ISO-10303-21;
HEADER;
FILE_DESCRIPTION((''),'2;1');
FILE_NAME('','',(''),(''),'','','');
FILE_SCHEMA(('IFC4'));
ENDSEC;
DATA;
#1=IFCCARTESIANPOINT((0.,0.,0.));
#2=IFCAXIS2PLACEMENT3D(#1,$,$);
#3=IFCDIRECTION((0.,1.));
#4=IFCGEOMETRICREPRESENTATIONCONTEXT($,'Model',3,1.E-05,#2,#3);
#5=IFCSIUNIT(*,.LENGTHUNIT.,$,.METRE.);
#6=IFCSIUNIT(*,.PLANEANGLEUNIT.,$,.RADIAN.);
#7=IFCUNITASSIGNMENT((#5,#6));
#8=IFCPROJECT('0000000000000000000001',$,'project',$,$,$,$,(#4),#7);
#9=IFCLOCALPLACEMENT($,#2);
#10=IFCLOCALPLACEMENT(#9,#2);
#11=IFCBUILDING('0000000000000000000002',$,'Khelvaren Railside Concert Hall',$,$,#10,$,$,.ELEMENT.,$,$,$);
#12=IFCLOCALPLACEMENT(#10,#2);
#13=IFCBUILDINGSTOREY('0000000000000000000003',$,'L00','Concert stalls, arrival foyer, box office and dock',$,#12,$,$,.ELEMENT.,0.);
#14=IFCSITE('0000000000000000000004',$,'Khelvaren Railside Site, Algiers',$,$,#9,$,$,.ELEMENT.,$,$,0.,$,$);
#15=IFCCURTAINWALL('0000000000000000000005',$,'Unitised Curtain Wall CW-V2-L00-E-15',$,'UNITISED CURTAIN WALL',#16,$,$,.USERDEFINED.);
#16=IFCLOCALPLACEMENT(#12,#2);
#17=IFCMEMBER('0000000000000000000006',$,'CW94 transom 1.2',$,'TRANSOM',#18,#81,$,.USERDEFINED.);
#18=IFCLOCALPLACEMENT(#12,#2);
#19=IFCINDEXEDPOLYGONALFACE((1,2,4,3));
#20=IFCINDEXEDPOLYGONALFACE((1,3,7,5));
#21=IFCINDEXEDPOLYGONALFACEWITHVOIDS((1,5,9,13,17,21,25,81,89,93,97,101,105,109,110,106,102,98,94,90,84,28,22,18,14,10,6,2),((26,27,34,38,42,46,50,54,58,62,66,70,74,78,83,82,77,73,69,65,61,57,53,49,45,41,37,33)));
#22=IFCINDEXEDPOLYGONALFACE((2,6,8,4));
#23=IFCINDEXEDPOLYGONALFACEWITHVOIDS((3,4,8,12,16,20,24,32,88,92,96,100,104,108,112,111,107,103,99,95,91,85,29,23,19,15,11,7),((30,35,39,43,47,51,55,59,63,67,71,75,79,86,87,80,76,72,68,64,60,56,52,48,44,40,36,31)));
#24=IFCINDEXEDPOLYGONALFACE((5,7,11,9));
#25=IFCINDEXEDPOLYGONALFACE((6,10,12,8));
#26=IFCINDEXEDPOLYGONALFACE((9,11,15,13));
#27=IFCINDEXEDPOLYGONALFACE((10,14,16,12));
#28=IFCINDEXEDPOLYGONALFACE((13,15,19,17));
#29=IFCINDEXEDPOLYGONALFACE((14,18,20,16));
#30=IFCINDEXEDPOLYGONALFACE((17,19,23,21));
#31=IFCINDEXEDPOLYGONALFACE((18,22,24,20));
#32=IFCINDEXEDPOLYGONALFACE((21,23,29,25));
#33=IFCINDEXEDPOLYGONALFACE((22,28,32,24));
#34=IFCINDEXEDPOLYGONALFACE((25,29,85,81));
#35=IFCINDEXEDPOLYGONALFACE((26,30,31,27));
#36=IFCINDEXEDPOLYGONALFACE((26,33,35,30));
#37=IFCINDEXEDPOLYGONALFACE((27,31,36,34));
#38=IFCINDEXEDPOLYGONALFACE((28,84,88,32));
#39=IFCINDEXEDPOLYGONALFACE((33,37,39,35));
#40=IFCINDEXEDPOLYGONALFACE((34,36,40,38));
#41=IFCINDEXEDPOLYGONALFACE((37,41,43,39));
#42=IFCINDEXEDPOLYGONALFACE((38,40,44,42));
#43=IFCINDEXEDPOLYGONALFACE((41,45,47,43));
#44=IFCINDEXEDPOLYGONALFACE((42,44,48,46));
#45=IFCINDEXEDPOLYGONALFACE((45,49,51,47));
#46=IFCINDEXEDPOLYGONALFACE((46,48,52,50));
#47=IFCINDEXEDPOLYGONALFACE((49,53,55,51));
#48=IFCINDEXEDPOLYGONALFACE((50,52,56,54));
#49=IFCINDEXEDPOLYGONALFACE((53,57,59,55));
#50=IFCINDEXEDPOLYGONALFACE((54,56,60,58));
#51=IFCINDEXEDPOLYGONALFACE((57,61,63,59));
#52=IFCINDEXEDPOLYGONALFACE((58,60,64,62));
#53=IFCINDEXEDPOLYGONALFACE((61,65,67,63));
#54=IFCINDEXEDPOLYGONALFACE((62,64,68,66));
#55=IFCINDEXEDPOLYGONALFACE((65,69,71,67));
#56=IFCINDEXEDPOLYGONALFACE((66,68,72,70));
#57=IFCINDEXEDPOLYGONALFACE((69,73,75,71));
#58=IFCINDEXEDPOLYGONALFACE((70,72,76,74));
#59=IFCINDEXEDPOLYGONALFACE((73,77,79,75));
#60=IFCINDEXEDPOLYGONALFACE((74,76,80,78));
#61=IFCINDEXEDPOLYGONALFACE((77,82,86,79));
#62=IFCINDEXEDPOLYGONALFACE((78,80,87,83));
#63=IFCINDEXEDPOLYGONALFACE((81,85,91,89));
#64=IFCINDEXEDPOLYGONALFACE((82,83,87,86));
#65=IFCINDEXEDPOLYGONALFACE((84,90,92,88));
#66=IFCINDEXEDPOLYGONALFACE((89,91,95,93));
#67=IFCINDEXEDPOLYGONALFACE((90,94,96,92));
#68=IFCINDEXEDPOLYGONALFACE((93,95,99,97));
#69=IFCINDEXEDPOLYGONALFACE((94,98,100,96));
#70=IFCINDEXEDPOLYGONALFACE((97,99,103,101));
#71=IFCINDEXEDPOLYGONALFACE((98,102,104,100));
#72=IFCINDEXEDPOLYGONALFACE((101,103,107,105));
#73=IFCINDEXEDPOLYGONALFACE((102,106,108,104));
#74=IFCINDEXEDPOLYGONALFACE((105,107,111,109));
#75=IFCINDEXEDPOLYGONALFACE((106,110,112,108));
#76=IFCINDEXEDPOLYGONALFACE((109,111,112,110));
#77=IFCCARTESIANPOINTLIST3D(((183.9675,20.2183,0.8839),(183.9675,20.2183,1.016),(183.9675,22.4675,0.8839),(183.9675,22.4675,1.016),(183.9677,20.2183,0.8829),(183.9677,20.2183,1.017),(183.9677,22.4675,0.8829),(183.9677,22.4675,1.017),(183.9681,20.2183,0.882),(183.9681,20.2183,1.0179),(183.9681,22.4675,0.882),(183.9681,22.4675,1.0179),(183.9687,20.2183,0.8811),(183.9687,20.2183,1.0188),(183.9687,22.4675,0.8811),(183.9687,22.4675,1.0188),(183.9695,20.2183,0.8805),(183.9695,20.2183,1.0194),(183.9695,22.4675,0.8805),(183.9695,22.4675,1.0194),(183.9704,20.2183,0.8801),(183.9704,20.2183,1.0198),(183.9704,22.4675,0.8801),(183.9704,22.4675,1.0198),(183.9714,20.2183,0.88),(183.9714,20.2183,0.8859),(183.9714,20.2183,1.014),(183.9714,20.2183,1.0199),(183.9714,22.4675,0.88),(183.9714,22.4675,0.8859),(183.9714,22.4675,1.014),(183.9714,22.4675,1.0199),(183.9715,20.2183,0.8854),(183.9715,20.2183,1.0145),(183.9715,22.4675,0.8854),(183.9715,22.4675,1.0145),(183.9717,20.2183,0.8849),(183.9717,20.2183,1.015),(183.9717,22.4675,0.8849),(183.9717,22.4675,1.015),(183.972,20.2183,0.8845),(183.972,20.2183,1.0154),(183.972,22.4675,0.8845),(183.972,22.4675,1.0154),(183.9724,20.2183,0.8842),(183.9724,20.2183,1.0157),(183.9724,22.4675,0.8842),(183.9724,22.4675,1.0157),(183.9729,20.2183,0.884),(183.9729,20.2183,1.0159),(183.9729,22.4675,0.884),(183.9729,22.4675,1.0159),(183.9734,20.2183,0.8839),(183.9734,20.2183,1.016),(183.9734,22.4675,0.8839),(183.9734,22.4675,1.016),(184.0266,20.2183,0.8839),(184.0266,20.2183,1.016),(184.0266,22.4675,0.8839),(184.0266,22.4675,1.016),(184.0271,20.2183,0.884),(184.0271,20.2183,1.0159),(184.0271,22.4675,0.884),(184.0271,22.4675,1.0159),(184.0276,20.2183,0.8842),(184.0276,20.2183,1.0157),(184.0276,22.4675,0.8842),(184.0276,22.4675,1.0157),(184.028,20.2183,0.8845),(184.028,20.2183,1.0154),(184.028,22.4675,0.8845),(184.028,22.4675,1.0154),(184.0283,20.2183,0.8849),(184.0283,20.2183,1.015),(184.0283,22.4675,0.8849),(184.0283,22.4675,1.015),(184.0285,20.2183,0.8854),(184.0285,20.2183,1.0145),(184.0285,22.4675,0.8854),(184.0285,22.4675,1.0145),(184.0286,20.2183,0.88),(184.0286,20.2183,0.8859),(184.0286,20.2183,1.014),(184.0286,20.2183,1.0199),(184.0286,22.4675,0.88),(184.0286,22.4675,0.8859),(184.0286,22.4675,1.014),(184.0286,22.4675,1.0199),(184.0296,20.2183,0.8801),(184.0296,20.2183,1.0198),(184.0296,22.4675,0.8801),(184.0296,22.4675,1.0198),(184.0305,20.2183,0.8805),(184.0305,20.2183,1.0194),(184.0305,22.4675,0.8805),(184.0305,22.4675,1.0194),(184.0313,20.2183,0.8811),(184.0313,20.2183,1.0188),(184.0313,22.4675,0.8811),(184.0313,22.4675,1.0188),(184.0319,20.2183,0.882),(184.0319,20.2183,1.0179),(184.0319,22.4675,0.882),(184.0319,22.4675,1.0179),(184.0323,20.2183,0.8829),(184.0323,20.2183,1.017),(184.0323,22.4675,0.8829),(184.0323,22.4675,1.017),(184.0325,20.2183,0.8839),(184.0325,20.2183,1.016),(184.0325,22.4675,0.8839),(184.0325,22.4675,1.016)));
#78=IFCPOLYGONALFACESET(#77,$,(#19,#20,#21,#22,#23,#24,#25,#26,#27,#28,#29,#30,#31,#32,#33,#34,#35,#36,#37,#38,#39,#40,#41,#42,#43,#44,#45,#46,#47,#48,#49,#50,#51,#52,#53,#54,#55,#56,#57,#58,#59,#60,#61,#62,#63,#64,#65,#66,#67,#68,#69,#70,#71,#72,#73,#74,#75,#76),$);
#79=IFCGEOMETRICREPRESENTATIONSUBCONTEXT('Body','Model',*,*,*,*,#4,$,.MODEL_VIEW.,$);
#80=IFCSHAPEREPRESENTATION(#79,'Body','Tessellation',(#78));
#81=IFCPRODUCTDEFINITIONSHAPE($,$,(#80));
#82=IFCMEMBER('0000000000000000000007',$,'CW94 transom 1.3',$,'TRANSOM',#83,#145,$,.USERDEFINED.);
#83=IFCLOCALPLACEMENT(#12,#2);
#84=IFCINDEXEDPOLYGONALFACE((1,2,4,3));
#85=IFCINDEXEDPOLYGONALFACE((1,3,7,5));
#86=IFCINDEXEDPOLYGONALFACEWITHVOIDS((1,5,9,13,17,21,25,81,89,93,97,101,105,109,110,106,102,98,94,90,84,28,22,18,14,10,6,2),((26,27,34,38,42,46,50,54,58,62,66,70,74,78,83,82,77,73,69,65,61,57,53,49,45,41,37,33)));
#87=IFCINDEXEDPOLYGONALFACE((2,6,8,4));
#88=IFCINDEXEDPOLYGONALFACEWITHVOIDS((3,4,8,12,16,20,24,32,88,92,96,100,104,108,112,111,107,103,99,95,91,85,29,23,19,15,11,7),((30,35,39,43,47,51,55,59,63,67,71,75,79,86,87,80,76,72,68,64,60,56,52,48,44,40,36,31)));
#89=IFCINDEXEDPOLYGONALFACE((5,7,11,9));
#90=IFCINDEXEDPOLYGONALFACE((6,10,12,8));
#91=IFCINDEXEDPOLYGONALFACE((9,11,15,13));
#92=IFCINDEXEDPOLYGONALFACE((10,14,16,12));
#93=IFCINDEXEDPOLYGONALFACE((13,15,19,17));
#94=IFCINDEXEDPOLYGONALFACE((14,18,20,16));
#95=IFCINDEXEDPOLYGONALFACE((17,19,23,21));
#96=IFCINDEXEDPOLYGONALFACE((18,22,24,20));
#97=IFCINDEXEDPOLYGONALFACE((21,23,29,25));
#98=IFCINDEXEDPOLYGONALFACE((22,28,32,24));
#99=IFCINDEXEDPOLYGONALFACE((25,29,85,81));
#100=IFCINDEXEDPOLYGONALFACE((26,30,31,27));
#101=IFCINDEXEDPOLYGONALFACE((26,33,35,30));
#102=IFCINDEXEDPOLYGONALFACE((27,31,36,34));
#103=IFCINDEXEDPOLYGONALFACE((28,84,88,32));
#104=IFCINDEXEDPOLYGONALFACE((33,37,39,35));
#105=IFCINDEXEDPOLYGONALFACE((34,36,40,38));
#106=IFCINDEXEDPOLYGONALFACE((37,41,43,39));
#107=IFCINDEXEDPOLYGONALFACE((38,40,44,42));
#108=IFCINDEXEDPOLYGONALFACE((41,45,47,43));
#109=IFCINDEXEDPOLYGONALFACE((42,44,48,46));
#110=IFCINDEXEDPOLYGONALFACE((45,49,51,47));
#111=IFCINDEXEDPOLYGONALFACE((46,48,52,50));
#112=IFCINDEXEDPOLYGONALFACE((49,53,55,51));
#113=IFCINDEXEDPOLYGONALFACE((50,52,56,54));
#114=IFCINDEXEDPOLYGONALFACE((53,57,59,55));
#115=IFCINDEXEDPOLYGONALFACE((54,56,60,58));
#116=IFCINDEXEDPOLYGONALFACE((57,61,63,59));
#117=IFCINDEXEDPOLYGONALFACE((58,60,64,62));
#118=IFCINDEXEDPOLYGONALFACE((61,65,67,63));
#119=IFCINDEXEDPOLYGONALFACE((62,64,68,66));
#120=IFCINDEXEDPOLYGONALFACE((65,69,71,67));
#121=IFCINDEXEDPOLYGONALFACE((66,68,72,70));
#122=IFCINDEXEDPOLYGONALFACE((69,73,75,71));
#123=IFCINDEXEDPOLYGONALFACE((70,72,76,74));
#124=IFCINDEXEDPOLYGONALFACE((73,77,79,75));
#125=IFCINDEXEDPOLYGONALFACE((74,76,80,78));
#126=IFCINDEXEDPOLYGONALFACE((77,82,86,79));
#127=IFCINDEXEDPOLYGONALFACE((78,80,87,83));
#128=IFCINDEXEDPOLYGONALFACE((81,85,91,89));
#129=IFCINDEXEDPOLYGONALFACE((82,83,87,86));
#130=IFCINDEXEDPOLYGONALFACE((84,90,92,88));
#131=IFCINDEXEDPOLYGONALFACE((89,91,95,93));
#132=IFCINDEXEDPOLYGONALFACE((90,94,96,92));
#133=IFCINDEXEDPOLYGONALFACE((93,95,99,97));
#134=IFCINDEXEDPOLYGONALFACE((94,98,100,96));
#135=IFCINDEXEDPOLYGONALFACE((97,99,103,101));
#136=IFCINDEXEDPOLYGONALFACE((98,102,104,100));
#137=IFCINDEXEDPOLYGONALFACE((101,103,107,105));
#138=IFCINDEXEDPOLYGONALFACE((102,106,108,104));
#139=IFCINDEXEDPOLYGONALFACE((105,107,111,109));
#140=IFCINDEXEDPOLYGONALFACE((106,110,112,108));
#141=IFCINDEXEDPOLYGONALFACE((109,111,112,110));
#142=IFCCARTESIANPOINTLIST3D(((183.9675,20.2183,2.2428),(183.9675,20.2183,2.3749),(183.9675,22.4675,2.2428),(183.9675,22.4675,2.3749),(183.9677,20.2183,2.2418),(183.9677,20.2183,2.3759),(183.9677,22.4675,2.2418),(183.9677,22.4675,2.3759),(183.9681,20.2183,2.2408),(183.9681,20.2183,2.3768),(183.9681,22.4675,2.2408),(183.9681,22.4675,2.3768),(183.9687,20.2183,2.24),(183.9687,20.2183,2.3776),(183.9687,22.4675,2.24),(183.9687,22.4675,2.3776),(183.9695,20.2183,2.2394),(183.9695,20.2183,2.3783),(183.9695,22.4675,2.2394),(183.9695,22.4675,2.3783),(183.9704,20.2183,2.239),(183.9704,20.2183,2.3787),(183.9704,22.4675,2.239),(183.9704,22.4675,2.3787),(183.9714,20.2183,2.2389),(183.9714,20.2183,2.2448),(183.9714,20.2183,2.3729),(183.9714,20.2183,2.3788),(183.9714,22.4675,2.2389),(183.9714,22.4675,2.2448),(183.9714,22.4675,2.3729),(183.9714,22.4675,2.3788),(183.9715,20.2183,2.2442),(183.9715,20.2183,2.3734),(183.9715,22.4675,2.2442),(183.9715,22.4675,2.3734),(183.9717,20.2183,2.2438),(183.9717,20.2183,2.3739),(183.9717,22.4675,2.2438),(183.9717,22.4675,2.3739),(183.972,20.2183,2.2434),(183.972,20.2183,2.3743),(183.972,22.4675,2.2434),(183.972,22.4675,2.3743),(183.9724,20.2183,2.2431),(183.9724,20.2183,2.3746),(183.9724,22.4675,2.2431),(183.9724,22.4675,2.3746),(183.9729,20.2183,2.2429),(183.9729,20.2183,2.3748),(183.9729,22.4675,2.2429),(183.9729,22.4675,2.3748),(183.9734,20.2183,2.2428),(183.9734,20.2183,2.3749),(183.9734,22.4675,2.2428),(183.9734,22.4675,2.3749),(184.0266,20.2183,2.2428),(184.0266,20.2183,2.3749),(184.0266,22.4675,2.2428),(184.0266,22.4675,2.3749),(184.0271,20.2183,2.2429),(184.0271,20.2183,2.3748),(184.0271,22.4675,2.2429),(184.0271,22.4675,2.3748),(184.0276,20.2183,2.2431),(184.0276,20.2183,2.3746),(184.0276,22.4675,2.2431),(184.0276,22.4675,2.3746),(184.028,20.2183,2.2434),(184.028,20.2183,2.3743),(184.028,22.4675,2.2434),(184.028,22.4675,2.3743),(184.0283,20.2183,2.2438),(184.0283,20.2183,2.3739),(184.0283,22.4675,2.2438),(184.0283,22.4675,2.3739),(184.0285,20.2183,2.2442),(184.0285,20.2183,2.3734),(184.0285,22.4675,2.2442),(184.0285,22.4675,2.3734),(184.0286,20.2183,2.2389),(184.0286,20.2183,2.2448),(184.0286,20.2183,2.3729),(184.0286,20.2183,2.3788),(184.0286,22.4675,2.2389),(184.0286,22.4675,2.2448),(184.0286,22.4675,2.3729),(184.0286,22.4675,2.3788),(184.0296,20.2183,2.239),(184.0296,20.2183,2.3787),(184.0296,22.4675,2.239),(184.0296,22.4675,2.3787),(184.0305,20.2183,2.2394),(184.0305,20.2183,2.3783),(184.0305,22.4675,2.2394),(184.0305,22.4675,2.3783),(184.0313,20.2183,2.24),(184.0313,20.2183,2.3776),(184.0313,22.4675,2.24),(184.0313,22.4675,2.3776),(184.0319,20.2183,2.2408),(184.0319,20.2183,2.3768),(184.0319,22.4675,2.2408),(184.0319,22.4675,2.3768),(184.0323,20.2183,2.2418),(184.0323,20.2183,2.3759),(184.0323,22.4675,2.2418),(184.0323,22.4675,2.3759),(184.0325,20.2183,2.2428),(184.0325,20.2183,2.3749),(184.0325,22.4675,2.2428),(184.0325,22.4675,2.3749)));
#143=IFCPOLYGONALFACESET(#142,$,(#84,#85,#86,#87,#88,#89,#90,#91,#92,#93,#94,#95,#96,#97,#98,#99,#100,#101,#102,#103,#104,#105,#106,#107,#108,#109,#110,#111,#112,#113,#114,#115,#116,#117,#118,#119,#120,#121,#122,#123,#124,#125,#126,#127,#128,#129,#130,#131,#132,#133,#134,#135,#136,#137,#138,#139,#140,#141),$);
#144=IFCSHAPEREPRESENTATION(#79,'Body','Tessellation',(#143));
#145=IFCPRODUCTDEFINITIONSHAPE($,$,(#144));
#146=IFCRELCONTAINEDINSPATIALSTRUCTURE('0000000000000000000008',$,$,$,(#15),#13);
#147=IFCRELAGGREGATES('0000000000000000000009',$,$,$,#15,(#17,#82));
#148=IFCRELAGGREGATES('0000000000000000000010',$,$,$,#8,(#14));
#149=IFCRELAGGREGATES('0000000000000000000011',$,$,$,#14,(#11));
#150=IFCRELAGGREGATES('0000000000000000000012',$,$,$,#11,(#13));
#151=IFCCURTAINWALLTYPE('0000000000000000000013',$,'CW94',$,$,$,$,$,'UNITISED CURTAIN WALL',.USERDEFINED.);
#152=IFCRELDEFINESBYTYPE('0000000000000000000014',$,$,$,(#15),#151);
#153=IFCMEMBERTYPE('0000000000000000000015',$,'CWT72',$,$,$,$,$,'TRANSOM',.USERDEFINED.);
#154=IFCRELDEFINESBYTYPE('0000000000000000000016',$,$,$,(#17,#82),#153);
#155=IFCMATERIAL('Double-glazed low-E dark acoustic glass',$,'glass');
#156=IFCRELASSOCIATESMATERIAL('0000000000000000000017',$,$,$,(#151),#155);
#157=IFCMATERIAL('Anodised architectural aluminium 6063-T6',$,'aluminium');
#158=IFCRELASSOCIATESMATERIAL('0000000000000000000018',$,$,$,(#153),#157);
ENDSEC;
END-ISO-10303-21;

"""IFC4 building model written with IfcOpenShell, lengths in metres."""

from ifc_helpers import new_model, si_unit, direction, frame, origin, origin_2d, place, context, subcontext, project, spatial, hollow_rectangle, extrude, material, material_profile, profile_set, type_object, element, aggregate, save


model = new_model("IFC4")

# Units and contexts
model_context = context("Model", 3, precision=1e-05, world=origin(), true_north=direction((0.0, 1.0)))
body_context = subcontext(model_context, "Body", "Model", "MODEL_VIEW")
ifc_project = project(units=[si_unit("LENGTHUNIT", "METRE"), si_unit("PLANEANGLEUNIT", "RADIAN")], contexts=[model_context])

# Site, building, storey
site_placement = place(None, origin())
site = spatial("IfcSite", under=ifc_project, at=site_placement, Name="Khelvaren Railside Site, Algiers", CompositionType="ELEMENT", RefElevation=0.0)
building_placement = place(site_placement, origin())
building = spatial("IfcBuilding", under=site, at=building_placement, Name="Khelvaren Railside Concert Hall", CompositionType="ELEMENT")
storey_placement = place(building_placement, origin())
storey = spatial("IfcBuildingStorey", under=building, at=storey_placement, Name="L00", Description="Concert stalls, arrival foyer, box office and dock", CompositionType="ELEMENT", Elevation=0.0)

# Curtain wall
ifc_material_1 = material(Name="Double-glazed low-E dark acoustic glass", Category="glass")
curtain_wall_type_1 = type_object("IfcCurtainWallType", Name="CW94", ElementType="UNITISED CURTAIN WALL", PredefinedType="USERDEFINED", material=ifc_material_1)
curtain_wall_1_placement = place(storey_placement, origin())
curtain_wall_1 = element("IfcCurtainWall", 1, at=curtain_wall_1_placement, inside=storey, type_object=curtain_wall_type_1, Name="Unitised Curtain Wall CW-V2-L00-E-15", ObjectType="UNITISED CURTAIN WALL", PredefinedType="USERDEFINED")
ifc_material_2 = material(Name="Anodised architectural aluminium 6063-T6", Category="aluminium")

# Members
ifc_material_profile_1 = material_profile(ifc_material_2, hollow_rectangle(XDim=0.0649, YDim=0.1399, WallThickness=0.0039, InnerFilletRadius=0.002, OuterFilletRadius=0.0039, at=origin_2d()), Name="CWT 65x140x4")
ifc_profile_set_1 = profile_set([ifc_material_profile_1], Name="Anodised architectural aluminium 6063-T6")
member_type_1 = type_object("IfcMemberType", Name="CWT72", ElementType="TRANSOM", PredefinedType="USERDEFINED", material=ifc_profile_set_1)
member_1_placement = place(storey_placement, frame((184.0, 22.4675, 0.95), z_axis=(0.0, -1.0, 0.0), x_axis=(1.0, 0.0, 0.0)))
member_1 = element("IfcMember", 2, at=member_1_placement, type_object=member_type_1, Name="CW94 transom 1.2", ObjectType="TRANSOM", PredefinedType="USERDEFINED", context=body_context, shape_type="SweptSolid", body=[
    extrude(hollow_rectangle(XDim=0.0649, YDim=0.1399, WallThickness=0.0039, InnerFilletRadius=0.002, OuterFilletRadius=0.0039, at=origin_2d()), origin(), (0.0, 0.0, 1.0), 2.2493),
])
member_2_placement = place(storey_placement, frame((184.0, 22.4675, 2.3088), z_axis=(0.0, -1.0, 0.0), x_axis=(1.0, 0.0, 0.0)))
member_2 = element("IfcMember", 3, at=member_2_placement, type_object=member_type_1, Name="CW94 transom 1.3", ObjectType="TRANSOM", PredefinedType="USERDEFINED", context=body_context, shape_type="SweptSolid", body=[
    extrude(hollow_rectangle(XDim=0.0649, YDim=0.1399, WallThickness=0.0039, InnerFilletRadius=0.002, OuterFilletRadius=0.0039, at=origin_2d()), origin(), (0.0, 0.0, 1.0), 2.2493),
])

aggregate(curtain_wall_1, [member_1, member_2])

save(model, "model.ifc")
